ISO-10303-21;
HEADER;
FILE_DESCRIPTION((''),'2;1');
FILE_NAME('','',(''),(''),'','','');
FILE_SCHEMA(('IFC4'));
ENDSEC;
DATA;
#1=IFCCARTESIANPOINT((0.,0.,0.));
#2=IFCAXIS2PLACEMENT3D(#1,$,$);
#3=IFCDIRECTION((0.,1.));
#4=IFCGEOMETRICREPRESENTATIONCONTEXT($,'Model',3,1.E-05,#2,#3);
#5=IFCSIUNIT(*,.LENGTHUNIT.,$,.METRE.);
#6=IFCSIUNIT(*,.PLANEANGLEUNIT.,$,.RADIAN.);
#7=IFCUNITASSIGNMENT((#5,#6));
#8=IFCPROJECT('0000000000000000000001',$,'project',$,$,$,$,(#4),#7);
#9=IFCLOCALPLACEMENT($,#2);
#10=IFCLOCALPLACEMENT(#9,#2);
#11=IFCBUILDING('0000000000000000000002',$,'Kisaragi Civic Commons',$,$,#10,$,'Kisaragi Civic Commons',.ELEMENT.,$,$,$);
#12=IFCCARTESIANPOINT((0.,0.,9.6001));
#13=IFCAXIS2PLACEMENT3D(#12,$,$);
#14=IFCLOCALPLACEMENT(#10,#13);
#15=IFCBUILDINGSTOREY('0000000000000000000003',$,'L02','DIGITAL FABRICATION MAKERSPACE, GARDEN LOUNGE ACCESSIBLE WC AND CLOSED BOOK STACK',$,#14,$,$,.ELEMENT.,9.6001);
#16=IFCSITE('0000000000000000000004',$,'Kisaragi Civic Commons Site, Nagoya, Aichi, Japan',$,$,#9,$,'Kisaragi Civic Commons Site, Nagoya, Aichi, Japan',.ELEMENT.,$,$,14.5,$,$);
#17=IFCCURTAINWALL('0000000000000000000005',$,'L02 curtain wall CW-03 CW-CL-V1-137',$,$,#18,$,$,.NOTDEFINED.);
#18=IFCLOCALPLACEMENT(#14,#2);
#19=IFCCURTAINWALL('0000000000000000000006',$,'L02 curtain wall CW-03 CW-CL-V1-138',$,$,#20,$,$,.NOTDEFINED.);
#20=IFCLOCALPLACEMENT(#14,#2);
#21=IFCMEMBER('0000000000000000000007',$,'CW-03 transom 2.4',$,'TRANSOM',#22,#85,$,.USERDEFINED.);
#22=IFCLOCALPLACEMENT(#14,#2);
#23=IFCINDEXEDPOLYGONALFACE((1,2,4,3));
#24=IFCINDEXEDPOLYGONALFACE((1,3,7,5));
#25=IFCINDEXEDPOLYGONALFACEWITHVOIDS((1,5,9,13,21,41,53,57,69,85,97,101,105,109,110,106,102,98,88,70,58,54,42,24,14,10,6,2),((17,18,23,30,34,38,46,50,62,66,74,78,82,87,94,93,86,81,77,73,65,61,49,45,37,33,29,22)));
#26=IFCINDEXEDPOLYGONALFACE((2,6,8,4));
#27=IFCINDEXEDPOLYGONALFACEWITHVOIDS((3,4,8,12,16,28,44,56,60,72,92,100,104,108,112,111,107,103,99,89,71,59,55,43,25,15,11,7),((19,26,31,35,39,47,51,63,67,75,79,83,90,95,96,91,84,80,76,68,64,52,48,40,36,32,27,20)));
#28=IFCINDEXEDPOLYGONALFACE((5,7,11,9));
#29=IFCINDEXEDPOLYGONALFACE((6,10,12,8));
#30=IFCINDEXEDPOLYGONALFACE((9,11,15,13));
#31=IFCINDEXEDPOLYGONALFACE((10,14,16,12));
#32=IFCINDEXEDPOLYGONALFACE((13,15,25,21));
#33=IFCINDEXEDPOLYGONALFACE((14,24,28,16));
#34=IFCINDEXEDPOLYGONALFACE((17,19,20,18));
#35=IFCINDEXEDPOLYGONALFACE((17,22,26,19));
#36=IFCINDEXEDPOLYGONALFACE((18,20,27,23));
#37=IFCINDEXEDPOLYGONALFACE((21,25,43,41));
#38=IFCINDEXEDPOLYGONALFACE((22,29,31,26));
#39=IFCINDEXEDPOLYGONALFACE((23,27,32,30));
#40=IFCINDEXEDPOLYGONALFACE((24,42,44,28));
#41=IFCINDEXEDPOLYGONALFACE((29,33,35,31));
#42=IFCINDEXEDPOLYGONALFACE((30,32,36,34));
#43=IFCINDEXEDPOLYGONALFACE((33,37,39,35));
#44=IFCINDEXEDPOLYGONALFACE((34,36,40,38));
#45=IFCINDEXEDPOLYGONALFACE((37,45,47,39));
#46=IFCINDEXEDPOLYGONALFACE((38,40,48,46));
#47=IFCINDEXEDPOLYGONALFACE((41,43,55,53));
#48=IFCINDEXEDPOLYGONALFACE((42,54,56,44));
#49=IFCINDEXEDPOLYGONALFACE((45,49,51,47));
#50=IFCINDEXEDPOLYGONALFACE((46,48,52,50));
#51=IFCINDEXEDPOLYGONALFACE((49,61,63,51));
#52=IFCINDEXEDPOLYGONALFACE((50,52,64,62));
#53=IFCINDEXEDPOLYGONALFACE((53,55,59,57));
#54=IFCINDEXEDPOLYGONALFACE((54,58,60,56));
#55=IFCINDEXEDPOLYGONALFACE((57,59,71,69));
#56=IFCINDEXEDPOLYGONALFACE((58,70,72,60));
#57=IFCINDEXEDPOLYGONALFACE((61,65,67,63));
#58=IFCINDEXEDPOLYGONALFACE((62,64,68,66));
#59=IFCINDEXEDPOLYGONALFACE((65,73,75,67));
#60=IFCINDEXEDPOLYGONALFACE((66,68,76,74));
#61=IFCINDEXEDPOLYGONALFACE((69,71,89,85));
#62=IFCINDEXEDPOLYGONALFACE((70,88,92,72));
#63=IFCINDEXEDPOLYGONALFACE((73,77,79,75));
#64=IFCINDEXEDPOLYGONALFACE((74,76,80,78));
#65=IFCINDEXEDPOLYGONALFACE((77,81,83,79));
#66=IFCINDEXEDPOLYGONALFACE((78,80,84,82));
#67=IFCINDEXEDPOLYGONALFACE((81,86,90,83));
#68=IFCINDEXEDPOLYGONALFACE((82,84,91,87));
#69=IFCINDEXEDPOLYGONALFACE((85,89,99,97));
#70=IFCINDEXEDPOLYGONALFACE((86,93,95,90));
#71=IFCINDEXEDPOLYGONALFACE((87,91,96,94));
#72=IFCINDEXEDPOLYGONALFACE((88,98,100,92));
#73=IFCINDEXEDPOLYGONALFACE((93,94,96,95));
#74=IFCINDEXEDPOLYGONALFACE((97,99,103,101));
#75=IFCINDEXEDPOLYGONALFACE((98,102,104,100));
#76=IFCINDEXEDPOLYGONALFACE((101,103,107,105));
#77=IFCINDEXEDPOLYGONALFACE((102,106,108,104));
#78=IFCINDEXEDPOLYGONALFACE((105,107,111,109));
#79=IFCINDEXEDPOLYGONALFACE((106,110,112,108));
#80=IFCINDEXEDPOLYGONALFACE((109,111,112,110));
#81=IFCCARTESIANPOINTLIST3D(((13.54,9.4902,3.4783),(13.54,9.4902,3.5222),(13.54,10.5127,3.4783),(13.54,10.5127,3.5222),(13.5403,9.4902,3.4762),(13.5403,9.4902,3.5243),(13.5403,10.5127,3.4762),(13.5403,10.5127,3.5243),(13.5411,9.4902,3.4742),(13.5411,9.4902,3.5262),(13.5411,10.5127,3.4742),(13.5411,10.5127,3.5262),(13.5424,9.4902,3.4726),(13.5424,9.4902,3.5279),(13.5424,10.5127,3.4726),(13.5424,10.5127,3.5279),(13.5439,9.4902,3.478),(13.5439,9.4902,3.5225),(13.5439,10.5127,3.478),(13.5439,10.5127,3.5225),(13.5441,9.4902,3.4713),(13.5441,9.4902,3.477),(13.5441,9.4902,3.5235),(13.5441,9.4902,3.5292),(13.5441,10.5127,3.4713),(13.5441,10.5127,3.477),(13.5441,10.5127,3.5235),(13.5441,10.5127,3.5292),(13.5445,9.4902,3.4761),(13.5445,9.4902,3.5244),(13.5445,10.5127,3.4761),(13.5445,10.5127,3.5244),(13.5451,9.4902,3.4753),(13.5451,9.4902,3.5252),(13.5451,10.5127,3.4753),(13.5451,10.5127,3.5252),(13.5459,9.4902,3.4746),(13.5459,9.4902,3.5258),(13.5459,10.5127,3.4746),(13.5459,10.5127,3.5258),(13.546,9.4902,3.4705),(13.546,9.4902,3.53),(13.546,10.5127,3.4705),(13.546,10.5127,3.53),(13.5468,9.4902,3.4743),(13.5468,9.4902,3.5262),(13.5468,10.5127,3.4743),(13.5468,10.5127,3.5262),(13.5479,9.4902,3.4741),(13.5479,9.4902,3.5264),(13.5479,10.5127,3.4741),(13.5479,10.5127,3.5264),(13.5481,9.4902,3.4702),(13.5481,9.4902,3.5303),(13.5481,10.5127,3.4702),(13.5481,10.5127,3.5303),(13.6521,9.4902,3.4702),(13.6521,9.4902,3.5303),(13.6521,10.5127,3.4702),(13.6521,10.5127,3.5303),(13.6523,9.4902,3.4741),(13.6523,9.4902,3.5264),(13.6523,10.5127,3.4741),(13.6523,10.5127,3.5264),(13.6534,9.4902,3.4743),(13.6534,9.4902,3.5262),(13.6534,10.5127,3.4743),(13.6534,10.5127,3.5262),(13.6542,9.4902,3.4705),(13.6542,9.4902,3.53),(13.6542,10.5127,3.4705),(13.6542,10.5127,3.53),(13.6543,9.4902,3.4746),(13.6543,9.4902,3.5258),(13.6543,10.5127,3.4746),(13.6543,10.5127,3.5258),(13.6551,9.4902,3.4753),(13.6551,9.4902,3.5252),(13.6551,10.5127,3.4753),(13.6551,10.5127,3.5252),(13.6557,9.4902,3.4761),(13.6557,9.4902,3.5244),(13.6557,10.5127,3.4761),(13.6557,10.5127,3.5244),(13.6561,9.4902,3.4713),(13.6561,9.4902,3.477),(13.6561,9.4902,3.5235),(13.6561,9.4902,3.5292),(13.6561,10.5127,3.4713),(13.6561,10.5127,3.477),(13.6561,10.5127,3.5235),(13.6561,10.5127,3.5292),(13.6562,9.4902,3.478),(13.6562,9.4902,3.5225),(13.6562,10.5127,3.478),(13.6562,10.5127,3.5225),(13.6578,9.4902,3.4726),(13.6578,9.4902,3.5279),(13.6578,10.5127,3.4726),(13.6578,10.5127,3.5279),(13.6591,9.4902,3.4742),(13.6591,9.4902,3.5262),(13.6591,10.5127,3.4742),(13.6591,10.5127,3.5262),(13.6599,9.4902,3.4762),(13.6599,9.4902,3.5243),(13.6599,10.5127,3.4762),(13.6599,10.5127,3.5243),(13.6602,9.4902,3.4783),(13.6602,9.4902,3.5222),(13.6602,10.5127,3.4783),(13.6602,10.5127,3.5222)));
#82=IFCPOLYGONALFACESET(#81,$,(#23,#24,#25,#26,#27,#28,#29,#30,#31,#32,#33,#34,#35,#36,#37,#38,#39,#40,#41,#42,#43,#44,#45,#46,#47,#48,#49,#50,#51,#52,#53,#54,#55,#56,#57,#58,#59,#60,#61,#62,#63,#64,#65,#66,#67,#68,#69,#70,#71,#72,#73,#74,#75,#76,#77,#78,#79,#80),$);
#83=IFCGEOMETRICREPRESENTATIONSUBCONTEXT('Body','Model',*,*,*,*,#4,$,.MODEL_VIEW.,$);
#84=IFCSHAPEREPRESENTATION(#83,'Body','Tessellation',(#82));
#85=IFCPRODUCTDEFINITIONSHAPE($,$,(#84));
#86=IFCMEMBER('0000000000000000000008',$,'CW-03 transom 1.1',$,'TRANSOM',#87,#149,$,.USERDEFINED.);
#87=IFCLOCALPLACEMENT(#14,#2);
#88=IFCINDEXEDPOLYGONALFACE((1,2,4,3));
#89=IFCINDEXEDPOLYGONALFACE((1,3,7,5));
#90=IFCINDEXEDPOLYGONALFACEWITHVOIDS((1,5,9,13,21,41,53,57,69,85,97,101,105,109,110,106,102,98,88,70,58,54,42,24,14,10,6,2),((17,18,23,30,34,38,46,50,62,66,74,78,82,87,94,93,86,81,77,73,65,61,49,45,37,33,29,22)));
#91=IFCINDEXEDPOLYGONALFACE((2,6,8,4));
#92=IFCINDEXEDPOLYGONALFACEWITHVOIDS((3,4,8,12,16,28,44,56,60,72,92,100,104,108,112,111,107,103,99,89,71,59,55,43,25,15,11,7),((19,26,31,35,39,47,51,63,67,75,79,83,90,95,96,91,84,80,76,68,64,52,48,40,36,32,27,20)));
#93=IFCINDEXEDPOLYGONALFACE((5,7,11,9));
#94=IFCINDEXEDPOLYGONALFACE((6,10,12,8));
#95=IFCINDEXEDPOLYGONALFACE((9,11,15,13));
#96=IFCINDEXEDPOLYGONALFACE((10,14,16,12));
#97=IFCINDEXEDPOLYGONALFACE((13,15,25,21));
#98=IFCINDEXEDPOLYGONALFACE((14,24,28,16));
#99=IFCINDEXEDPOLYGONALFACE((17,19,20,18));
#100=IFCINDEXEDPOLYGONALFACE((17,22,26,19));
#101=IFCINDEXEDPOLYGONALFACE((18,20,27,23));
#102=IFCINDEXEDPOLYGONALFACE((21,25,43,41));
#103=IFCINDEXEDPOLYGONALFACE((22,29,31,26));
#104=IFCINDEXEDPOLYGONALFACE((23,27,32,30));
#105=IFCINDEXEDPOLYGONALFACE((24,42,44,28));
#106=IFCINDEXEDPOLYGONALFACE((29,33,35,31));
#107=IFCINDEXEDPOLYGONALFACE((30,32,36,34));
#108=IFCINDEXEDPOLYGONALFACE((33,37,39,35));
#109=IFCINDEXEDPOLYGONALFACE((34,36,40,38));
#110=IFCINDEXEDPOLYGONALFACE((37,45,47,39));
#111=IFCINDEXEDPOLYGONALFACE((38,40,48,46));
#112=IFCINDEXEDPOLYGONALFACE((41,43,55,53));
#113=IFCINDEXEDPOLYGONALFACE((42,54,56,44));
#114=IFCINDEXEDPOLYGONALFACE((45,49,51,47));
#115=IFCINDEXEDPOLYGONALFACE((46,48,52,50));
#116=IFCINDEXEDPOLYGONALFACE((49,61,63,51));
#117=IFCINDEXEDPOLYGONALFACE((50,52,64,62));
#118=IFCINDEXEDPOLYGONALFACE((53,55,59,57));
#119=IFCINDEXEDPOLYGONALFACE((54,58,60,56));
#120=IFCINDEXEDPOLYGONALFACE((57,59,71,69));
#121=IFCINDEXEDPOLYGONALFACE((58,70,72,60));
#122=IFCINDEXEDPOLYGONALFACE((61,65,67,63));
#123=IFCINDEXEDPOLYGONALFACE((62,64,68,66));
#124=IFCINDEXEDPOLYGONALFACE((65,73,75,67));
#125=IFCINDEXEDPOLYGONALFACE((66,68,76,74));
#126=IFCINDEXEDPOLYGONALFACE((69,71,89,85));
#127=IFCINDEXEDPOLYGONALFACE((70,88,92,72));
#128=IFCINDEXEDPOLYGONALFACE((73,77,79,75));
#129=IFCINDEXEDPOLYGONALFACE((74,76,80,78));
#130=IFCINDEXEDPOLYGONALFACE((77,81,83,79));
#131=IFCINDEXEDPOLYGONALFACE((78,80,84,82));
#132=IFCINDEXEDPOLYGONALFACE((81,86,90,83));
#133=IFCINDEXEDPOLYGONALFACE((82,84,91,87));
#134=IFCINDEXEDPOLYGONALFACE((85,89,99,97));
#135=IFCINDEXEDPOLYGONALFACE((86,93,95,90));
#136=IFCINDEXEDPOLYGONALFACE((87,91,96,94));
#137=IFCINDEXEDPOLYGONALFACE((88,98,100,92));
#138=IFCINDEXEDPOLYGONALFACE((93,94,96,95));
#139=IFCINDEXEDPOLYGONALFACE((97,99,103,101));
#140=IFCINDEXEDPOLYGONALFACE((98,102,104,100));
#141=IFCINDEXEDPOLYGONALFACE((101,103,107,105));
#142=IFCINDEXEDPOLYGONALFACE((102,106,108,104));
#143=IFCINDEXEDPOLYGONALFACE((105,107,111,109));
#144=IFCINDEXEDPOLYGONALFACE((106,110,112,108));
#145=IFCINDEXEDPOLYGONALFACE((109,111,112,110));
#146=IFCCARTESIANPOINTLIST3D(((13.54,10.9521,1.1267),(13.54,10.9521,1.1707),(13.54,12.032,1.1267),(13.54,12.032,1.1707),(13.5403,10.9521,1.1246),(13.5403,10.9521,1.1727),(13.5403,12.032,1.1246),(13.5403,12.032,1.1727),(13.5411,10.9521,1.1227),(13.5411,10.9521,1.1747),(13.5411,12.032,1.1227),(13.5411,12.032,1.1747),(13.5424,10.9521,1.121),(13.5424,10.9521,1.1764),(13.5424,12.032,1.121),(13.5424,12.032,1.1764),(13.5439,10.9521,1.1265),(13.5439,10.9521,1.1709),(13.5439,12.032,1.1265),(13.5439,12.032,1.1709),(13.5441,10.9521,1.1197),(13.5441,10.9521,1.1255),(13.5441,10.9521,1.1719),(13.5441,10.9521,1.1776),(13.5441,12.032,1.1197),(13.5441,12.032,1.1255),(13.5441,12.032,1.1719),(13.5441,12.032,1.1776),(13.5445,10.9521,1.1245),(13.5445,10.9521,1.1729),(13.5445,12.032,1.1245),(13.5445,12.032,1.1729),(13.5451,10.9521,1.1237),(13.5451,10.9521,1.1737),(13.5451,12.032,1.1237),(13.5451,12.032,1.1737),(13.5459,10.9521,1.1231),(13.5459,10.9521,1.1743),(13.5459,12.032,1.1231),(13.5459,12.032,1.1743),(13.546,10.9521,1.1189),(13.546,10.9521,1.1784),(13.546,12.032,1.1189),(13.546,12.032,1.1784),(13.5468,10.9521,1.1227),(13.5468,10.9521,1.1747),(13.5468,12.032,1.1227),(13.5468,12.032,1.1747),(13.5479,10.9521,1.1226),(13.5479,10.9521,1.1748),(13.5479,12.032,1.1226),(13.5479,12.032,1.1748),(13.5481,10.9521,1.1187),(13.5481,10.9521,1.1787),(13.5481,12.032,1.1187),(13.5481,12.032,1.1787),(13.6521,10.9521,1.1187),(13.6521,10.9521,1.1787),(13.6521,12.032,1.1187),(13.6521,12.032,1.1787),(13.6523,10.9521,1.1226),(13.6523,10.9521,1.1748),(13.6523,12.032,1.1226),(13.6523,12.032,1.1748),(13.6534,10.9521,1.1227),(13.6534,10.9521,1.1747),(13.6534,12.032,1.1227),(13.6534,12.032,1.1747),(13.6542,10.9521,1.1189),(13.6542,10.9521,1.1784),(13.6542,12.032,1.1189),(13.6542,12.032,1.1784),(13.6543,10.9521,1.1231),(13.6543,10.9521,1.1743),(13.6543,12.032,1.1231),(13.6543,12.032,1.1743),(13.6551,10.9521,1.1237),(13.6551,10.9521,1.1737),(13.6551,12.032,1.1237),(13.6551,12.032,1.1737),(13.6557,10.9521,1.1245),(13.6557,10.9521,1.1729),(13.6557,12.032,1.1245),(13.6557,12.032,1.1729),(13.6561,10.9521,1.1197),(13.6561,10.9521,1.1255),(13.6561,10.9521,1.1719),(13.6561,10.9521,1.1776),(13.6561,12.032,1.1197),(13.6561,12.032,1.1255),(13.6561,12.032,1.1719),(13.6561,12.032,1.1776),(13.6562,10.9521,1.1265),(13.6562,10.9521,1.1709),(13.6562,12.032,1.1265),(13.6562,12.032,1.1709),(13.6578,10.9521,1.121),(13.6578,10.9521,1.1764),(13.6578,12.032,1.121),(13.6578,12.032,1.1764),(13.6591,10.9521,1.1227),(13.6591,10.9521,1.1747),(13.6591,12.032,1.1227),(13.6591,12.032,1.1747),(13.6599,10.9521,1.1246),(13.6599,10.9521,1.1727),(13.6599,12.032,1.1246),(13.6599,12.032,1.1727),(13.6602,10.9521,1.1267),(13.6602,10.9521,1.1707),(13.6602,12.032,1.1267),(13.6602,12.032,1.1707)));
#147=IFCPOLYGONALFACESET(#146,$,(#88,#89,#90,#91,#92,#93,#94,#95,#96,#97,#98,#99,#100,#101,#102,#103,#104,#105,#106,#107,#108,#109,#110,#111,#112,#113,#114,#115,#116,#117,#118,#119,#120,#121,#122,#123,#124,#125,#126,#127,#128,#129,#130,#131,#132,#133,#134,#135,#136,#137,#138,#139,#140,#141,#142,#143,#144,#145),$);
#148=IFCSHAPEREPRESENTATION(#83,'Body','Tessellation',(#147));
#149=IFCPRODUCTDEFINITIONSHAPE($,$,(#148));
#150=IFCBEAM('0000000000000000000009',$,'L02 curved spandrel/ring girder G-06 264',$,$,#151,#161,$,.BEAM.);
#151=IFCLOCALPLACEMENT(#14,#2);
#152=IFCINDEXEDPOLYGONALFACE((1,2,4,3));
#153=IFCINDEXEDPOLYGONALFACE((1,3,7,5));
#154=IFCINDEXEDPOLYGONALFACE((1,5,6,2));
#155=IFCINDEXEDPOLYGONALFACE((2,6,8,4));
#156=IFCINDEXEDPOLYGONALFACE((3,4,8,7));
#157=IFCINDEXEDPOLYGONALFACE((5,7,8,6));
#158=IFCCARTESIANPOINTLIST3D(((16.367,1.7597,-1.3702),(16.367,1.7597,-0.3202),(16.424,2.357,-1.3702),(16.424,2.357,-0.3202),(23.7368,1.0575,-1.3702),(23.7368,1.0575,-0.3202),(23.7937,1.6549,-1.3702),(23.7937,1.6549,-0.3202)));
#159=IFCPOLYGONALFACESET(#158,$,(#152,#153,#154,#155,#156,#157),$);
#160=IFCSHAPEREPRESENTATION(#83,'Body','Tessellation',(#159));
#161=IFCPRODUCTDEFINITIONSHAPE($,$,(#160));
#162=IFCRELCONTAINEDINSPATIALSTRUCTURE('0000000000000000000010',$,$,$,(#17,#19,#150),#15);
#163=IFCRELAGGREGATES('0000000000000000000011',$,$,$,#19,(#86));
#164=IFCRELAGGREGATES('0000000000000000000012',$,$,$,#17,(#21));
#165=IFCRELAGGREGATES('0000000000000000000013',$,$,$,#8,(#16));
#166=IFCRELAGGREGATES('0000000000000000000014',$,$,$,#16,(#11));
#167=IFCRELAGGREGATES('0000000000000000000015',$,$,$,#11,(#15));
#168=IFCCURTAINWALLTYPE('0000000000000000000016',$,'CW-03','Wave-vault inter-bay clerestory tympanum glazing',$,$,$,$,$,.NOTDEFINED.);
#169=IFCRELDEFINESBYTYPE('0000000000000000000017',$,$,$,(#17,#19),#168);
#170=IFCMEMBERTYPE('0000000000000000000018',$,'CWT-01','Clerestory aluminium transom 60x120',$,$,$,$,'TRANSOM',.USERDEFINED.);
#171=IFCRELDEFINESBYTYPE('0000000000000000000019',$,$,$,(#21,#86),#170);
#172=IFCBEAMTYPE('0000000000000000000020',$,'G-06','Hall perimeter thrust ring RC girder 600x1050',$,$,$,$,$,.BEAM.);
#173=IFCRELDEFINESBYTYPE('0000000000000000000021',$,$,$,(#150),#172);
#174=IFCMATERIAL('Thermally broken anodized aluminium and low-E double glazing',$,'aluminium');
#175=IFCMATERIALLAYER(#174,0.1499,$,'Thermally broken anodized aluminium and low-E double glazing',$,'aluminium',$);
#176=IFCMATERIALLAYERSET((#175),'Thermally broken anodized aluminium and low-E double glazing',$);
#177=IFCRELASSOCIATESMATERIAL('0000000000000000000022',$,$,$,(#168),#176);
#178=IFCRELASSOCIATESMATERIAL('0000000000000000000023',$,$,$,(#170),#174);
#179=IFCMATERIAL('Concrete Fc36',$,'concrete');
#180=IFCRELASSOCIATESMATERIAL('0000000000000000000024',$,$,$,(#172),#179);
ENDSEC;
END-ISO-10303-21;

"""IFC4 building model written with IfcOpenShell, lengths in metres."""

from ifc_helpers import new_model, si_unit, direction, frame, origin, origin_2d, place, context, subcontext, project, spatial, rectangle, hollow_rectangle, extrude, material, layer, layer_set, material_profile, profile_set, type_object, element, aggregate, save


model = new_model("IFC4")

# Units and contexts
model_context = context("Model", 3, precision=1e-05, world=origin(), true_north=direction((0.0, 1.0)))
body_context = subcontext(model_context, "Body", "Model", "MODEL_VIEW")
ifc_project = project(units=[si_unit("LENGTHUNIT", "METRE"), si_unit("PLANEANGLEUNIT", "RADIAN")], contexts=[model_context])

# Site, building, storey
site_placement = place(None, origin())
site = spatial("IfcSite", under=ifc_project, at=site_placement, Name="Kisaragi Civic Commons Site, Nagoya, Aichi, Japan", LongName="Kisaragi Civic Commons Site, Nagoya, Aichi, Japan", CompositionType="ELEMENT", RefElevation=14.5)
building_placement = place(site_placement, origin())
building = spatial("IfcBuilding", under=site, at=building_placement, Name="Kisaragi Civic Commons", LongName="Kisaragi Civic Commons", CompositionType="ELEMENT")
storey_placement = place(building_placement, frame((0.0, 0.0, 9.6001)))
storey = spatial("IfcBuildingStorey", under=building, at=storey_placement, Name="L02", Description="DIGITAL FABRICATION MAKERSPACE, GARDEN LOUNGE ACCESSIBLE WC AND CLOSED BOOK STACK", CompositionType="ELEMENT", Elevation=9.6001)

# Curtain wall
ifc_material_1 = material(Name="Thermally broken anodized aluminium and low-E double glazing", Category="aluminium")
ifc_layer_1 = layer(ifc_material_1, 0.1499, Name="Thermally broken anodized aluminium and low-E double glazing", Category="aluminium")
ifc_layer_set_1 = layer_set([ifc_layer_1], Name="Thermally broken anodized aluminium and low-E double glazing")
curtain_wall_type = type_object("IfcCurtainWallType", Name="CW-03", Description="Wave-vault inter-bay clerestory tympanum glazing", PredefinedType="NOTDEFINED", material=ifc_layer_set_1)
curtain_wall_1_placement = place(storey_placement, origin())
curtain_wall_1 = element("IfcCurtainWall", 1, at=curtain_wall_1_placement, inside=storey, type_object=curtain_wall_type, Name="L02 curtain wall CW-03 CW-CL-V1-137", PredefinedType="NOTDEFINED")

# Curtain wall
curtain_wall_2_placement = place(storey_placement, origin())
curtain_wall_2 = element("IfcCurtainWall", 2, at=curtain_wall_2_placement, inside=storey, type_object=curtain_wall_type, Name="L02 curtain wall CW-03 CW-CL-V1-138", PredefinedType="NOTDEFINED")

# Members
ifc_material_profile_1 = material_profile(ifc_material_1, hollow_rectangle(XDim=0.1201, YDim=0.0601, WallThickness=0.0039, InnerFilletRadius=0.0039, OuterFilletRadius=0.0081, at=origin_2d()), Name="CWT-60x120x4", Category="aluminium")
ifc_profile_set_1 = profile_set([ifc_material_profile_1], Name="Thermally broken anodized aluminium and low-E double glazing")
member_type_1 = type_object("IfcMemberType", Name="CWT-01", Description="Clerestory aluminium transom 60x120", ElementType="TRANSOM", PredefinedType="USERDEFINED", material=ifc_profile_set_1)
member_1_placement = place(storey_placement, frame((13.6001, 9.4902, 3.5002), z_axis=(0.0, 1.0, 0.0), x_axis=(-1.0, 0.0, 0.0)))
member_1 = element("IfcMember", 3, at=member_1_placement, type_object=member_type_1, Name="CW-03 transom 2.4", ObjectType="TRANSOM", PredefinedType="USERDEFINED", context=body_context, shape_type="SweptSolid", body=[
    extrude(hollow_rectangle(XDim=0.1201, YDim=0.0601, WallThickness=0.0039, InnerFilletRadius=0.0039, OuterFilletRadius=0.0081, at=origin_2d()), origin(), (0.0, 0.0, 1.0), 1.0225),
])
member_2_placement = place(storey_placement, frame((13.6001, 10.9521, 1.1487), z_axis=(0.0, 1.0, 0.0), x_axis=(-1.0, 0.0, 0.0)))
member_2 = element("IfcMember", 4, at=member_2_placement, type_object=member_type_1, Name="CW-03 transom 1.1", ObjectType="TRANSOM", PredefinedType="USERDEFINED", context=body_context, shape_type="SweptSolid", body=[
    extrude(hollow_rectangle(XDim=0.1201, YDim=0.0601, WallThickness=0.0039, InnerFilletRadius=0.0039, OuterFilletRadius=0.0081, at=origin_2d()), origin(), (0.0, 0.0, 1.0), 1.0798),
])
aggregate(curtain_wall_2, [member_2])

# Beam
ifc_material_2 = material(Name="Concrete Fc36", Category="concrete")
ifc_material_profile_2 = material_profile(ifc_material_2, rectangle(XDim=0.6001, YDim=1.05, at=origin_2d()), Name="RC-600x1050", Category="concrete")
ifc_profile_set_2 = profile_set([ifc_material_profile_2], Name="Concrete Fc36")
beam_type = type_object("IfcBeamType", Name="G-06", Description="Hall perimeter thrust ring RC girder 600x1050", PredefinedType="BEAM", material=ifc_profile_set_2)
beam_placement = place(storey_placement, frame((16.3955, 2.0583, -0.8452), z_axis=(0.995492, -0.094846, 0.0), x_axis=(0.094846, 0.995492, 0.0)))
element("IfcBeam", 5, at=beam_placement, inside=storey, type_object=beam_type, Name="L02 curved spandrel/ring girder G-06 264", PredefinedType="BEAM", context=body_context, shape_type="SweptSolid", body=[
    extrude(rectangle(XDim=0.6001, YDim=1.05, at=origin_2d()), origin(), (0.0, 0.0, 1.0), 7.4031),
])

aggregate(curtain_wall_1, [member_1])

save(model, "model.ifc")
